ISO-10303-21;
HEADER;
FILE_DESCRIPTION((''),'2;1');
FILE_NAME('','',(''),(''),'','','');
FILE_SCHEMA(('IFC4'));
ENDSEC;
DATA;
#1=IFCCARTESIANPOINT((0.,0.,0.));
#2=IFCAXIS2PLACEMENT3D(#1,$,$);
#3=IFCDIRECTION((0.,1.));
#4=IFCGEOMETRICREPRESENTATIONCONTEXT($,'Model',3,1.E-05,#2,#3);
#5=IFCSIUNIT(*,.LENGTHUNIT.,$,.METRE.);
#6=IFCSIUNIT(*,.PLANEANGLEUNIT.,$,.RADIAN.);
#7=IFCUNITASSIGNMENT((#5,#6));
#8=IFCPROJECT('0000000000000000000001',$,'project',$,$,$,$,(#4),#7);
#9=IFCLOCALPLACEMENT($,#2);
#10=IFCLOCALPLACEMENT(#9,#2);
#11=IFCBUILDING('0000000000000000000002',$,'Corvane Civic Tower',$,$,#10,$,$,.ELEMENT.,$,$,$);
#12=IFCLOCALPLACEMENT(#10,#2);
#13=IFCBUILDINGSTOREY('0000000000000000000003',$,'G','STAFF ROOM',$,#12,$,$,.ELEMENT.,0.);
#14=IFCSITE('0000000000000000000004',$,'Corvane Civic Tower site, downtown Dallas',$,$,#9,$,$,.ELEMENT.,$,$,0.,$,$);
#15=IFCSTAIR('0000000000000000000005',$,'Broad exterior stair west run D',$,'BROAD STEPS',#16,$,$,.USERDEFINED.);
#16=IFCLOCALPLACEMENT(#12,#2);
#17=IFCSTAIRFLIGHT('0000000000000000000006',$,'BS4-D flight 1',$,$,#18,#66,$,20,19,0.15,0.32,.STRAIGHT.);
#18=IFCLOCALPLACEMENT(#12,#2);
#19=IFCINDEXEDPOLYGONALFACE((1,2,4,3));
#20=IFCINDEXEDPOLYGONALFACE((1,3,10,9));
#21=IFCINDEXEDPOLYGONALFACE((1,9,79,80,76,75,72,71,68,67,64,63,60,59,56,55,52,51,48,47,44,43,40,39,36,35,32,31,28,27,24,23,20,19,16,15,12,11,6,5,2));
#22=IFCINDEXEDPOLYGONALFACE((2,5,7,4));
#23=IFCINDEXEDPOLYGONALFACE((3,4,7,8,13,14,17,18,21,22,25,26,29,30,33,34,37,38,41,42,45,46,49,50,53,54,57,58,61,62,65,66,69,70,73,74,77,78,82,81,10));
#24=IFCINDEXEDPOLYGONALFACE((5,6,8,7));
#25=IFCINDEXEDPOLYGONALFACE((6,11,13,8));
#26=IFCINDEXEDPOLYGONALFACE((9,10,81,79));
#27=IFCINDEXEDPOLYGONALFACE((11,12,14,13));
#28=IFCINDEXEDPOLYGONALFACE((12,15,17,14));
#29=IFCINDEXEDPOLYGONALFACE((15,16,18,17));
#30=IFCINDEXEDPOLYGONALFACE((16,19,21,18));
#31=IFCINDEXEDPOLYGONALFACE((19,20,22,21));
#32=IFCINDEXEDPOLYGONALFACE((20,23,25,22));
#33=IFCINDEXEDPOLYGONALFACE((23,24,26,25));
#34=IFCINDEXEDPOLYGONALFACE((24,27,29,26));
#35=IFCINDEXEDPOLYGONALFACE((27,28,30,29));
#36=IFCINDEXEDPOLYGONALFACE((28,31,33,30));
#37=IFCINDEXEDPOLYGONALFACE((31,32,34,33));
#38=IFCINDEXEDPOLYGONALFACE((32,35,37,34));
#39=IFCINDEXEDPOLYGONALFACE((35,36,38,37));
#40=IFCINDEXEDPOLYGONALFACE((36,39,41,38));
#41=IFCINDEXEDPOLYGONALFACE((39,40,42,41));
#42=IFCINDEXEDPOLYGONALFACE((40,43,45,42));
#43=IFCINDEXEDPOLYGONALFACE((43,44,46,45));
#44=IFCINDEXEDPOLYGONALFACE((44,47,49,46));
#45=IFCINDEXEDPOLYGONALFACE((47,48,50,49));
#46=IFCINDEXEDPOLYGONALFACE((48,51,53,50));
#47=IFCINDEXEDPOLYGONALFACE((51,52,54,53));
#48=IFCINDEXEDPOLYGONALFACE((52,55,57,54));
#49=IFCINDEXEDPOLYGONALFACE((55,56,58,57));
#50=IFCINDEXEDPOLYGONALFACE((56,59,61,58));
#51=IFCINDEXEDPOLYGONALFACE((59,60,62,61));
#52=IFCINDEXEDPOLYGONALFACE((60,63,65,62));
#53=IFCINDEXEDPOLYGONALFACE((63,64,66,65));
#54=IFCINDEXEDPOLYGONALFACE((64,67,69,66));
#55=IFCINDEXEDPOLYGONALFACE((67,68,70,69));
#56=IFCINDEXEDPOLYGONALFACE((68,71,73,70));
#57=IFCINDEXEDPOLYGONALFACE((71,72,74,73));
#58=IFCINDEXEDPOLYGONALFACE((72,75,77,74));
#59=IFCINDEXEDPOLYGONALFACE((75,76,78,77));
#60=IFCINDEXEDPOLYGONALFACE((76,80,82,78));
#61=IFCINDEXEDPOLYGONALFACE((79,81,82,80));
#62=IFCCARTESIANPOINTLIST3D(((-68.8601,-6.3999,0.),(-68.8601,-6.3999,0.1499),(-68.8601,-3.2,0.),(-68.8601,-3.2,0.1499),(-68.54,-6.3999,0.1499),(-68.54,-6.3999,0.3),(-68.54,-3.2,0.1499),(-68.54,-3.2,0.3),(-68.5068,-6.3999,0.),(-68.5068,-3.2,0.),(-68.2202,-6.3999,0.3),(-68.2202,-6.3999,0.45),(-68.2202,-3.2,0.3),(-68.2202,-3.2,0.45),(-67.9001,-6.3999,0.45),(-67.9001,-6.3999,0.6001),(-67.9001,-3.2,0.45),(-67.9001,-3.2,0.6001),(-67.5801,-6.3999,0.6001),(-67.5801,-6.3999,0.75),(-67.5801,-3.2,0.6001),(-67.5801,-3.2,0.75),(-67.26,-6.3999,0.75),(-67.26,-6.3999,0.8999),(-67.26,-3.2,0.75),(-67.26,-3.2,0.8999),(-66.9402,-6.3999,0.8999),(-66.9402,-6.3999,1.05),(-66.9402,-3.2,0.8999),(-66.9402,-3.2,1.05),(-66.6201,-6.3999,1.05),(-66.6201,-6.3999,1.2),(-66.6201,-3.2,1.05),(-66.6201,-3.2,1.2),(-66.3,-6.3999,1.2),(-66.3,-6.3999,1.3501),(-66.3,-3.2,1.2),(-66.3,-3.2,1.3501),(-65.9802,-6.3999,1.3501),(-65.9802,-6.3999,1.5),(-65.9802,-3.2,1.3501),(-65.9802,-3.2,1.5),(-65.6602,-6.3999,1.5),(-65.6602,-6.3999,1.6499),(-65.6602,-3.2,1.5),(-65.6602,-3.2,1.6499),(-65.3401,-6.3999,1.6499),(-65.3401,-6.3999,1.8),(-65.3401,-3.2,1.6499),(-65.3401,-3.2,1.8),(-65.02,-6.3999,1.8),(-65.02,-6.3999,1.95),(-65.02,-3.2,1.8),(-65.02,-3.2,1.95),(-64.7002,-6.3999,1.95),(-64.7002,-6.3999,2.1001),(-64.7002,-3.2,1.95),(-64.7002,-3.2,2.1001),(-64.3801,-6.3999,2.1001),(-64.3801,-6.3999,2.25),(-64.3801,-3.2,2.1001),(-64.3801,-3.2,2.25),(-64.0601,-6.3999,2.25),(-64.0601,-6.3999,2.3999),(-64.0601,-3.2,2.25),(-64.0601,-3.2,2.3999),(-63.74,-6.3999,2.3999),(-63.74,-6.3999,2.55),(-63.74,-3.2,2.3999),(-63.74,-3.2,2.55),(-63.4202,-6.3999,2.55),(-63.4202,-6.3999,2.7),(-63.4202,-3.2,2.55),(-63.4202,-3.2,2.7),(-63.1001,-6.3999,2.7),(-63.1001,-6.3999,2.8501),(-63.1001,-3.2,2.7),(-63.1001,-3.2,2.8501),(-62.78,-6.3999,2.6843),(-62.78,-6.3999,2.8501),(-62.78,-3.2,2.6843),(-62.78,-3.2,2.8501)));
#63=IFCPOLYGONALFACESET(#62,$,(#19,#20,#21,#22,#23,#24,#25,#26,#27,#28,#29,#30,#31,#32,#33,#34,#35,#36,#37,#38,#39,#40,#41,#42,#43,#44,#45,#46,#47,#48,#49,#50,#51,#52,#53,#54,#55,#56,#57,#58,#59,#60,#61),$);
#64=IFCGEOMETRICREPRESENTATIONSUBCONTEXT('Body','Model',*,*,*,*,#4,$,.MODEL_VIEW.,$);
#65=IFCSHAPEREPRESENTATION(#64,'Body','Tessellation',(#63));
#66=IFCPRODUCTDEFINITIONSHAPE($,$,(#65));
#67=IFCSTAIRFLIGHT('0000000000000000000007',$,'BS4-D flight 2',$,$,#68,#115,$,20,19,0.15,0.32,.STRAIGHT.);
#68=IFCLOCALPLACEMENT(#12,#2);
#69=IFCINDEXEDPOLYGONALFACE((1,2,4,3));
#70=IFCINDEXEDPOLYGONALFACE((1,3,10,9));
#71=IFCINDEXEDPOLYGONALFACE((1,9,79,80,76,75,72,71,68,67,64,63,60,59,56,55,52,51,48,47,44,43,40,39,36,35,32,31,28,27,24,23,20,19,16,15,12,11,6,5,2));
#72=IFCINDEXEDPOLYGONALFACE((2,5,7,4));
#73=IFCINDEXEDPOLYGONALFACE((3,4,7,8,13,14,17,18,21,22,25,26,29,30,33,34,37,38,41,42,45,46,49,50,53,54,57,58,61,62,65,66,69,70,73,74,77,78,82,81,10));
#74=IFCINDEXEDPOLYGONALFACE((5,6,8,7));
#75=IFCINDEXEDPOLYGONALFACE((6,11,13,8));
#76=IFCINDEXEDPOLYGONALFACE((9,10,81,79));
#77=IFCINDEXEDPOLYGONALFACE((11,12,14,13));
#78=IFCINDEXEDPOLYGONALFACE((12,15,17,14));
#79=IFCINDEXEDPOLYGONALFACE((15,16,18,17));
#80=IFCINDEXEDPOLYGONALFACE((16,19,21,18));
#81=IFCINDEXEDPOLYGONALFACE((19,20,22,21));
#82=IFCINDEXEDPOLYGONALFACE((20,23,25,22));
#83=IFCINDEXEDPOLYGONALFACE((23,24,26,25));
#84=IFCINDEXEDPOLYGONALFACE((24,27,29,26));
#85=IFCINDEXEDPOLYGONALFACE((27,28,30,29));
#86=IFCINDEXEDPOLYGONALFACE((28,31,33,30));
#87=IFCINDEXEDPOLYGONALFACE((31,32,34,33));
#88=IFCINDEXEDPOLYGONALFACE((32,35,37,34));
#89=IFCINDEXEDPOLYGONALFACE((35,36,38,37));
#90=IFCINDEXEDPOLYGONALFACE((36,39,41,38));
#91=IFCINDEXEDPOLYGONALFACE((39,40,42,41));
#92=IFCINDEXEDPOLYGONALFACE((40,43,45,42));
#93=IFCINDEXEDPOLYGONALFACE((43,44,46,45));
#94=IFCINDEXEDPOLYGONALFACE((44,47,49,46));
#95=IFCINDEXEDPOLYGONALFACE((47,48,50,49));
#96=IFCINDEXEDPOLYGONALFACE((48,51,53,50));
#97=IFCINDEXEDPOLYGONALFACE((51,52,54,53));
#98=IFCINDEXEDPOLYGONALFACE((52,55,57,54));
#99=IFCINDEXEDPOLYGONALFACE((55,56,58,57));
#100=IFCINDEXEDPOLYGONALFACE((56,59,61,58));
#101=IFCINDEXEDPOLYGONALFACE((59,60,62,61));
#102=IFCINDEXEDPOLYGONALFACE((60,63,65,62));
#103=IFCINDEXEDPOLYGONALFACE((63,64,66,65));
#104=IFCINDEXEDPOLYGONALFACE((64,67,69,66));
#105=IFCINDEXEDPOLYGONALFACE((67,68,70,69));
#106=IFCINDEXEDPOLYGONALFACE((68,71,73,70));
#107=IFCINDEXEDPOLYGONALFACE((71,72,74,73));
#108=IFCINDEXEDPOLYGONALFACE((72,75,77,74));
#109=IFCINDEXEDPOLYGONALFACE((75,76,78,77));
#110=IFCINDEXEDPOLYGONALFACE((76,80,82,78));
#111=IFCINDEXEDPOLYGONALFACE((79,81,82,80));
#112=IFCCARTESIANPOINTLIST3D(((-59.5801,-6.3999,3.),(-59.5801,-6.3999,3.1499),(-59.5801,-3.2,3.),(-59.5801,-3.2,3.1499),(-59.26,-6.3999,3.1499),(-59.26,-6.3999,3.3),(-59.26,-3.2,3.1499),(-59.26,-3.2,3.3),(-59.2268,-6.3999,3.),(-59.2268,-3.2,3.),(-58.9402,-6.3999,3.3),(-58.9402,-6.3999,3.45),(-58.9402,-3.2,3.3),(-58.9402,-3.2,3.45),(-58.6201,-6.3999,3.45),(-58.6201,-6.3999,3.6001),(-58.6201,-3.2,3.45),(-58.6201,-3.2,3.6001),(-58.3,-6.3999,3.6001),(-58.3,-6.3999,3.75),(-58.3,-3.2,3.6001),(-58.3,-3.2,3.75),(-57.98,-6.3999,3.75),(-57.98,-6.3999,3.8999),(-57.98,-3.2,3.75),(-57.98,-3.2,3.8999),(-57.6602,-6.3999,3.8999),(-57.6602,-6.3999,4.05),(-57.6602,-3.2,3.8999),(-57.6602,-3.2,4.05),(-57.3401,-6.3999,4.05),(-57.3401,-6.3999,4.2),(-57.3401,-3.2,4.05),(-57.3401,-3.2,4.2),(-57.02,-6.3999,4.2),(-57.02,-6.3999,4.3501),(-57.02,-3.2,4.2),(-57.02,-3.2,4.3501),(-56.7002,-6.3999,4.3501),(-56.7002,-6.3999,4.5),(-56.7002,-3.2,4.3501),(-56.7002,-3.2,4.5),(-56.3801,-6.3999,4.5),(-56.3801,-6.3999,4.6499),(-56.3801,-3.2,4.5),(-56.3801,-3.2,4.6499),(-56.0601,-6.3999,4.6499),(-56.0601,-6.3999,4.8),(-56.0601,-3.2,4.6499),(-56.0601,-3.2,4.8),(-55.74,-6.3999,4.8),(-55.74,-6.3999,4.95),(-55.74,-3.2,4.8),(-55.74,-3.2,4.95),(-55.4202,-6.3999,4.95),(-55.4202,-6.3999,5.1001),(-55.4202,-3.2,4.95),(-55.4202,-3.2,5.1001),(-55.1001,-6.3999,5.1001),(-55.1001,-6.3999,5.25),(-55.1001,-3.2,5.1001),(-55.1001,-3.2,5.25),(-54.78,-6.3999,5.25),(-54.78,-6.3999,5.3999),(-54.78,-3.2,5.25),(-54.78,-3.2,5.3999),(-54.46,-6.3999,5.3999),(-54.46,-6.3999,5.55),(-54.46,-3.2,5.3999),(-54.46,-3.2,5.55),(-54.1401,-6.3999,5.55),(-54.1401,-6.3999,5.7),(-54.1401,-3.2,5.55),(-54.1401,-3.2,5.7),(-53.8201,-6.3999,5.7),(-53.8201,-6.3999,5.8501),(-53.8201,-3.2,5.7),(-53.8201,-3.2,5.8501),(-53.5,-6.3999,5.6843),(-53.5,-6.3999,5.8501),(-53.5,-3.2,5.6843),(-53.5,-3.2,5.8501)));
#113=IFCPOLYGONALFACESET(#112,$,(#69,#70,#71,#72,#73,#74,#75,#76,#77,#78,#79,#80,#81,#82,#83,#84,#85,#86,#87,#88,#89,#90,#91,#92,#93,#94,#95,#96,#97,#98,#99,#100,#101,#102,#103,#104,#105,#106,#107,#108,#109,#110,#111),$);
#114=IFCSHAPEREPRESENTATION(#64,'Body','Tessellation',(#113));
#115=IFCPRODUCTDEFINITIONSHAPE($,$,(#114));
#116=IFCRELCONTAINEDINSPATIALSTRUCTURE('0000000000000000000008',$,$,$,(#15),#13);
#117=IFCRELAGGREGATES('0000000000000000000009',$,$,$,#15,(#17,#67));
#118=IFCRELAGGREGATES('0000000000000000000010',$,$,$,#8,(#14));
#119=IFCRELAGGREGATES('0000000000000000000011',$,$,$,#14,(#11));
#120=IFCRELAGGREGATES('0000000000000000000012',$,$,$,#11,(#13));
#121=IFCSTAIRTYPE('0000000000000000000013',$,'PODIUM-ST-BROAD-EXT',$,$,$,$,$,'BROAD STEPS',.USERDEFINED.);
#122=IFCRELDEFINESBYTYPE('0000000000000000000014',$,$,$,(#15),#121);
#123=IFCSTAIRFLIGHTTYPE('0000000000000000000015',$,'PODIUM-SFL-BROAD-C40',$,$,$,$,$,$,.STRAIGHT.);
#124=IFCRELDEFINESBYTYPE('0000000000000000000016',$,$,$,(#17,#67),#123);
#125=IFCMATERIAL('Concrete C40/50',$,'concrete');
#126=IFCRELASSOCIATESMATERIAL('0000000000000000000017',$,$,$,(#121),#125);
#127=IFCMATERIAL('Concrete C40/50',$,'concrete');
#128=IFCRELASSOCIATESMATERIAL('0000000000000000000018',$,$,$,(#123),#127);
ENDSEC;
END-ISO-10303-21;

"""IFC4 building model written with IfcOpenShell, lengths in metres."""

from ifc_helpers import new_model, si_unit, direction, frame, origin, place, context, subcontext, project, spatial, polyline, outline, extrude, material, type_object, element, aggregate, save


model = new_model("IFC4")

# Units and contexts
model_context = context("Model", 3, precision=1e-05, world=origin(), true_north=direction((0.0, 1.0)))
body_context = subcontext(model_context, "Body", "Model", "MODEL_VIEW")
ifc_project = project(units=[si_unit("LENGTHUNIT", "METRE"), si_unit("PLANEANGLEUNIT", "RADIAN")], contexts=[model_context])

# Site, building, storey
site_placement = place(None, origin())
site = spatial("IfcSite", under=ifc_project, at=site_placement, Name="Corvane Civic Tower site, downtown Dallas", CompositionType="ELEMENT", RefElevation=0.0)
building_placement = place(site_placement, origin())
building = spatial("IfcBuilding", under=site, at=building_placement, Name="Corvane Civic Tower", CompositionType="ELEMENT")
storey_placement = place(building_placement, origin())
storey = spatial("IfcBuildingStorey", under=building, at=storey_placement, Name="G", Description="STAFF ROOM", CompositionType="ELEMENT", Elevation=0.0)

# Shared definitions
ifc_material_1 = material(Name="Concrete C40/50", Category="concrete")
stair_type = type_object("IfcStairType", Name="PODIUM-ST-BROAD-EXT", ElementType="BROAD STEPS", PredefinedType="USERDEFINED", material=ifc_material_1)
ifc_material_2 = material(Name="Concrete C40/50", Category="concrete")
stair_flight_type = type_object("IfcStairFlightType", Name="PODIUM-SFL-BROAD-C40", PredefinedType="STRAIGHT", material=ifc_material_2)

# Stair, stair flights
stair_1_placement = place(storey_placement, origin())
stair_1 = element("IfcStair", 1, at=stair_1_placement, inside=storey, type_object=stair_type, Name="Broad exterior stair west run D", ObjectType="BROAD STEPS", PredefinedType="USERDEFINED")
stair_flight_1_placement = place(storey_placement, frame((-68.8601, -4.8, 0.0), z_axis=(0.0, 0.0, 1.0), x_axis=(1.0, 0.0, 0.0)))
stair_flight_1 = element("IfcStairFlight", 2, at=stair_flight_1_placement, type_object=stair_flight_type, Name="BS4-D flight 1", NumberOfRisers=20, NumberOfTreads=19, PredefinedType="STRAIGHT", RiserHeight=0.15, TreadLength=0.32, context=body_context, shape_type="SweptSolid", body=[
    extrude(outline(polyline([(0.0, 0.0), (0.0, 0.1499), (0.3201, 0.1499), (0.3201, 0.3), (0.6399, 0.3), (0.6399, 0.45), (0.96, 0.45), (0.96, 0.6001), (1.28, 0.6001), (1.28, 0.75), (1.6001, 0.75), (1.6001, 0.8999), (1.9199, 0.8999), (1.9199, 1.05), (2.24, 1.05), (2.24, 1.2), (2.5601, 1.2), (2.5601, 1.3501), (2.8799, 1.3501), (2.8799, 1.5), (3.2, 1.5), (3.2, 1.6499), (3.52, 1.6499), (3.52, 1.8), (3.8401, 1.8), (3.8401, 1.95), (4.1599, 1.95), (4.1599, 2.1001), (4.48, 2.1001), (4.48, 2.25), (4.8, 2.25), (4.8, 2.3999), (5.1201, 2.3999), (5.1201, 2.55), (5.4399, 2.55), (5.4399, 2.7), (5.76, 2.7), (5.76, 2.8501), (6.0801, 2.8501), (6.0801, 3.0), (6.0801, 2.6843), (0.3533, 0.0), (0.0, 0.0)])), frame((0.0, 1.6001, 0.0), z_axis=(0.0, -1.0, 0.0), x_axis=(1.0, 0.0, 0.0)), (0.0, 0.0, 1.0), 3.2),
])
stair_flight_2_placement = place(storey_placement, frame((-59.5801, -4.8, 3.0), z_axis=(0.0, 0.0, 1.0), x_axis=(1.0, 0.0, 0.0)))
stair_flight_2 = element("IfcStairFlight", 3, at=stair_flight_2_placement, type_object=stair_flight_type, Name="BS4-D flight 2", NumberOfRisers=20, NumberOfTreads=19, PredefinedType="STRAIGHT", RiserHeight=0.15, TreadLength=0.32, context=body_context, shape_type="SweptSolid", body=[
    extrude(outline(polyline([(0.0, 0.0), (0.0, 0.1499), (0.3201, 0.1499), (0.3201, 0.3), (0.6399, 0.3), (0.6399, 0.45), (0.96, 0.45), (0.96, 0.6001), (1.28, 0.6001), (1.28, 0.75), (1.6001, 0.75), (1.6001, 0.8999), (1.9199, 0.8999), (1.9199, 1.05), (2.24, 1.05), (2.24, 1.2), (2.5601, 1.2), (2.5601, 1.3501), (2.8799, 1.3501), (2.8799, 1.5), (3.2, 1.5), (3.2, 1.6499), (3.52, 1.6499), (3.52, 1.8), (3.8401, 1.8), (3.8401, 1.95), (4.1599, 1.95), (4.1599, 2.1001), (4.48, 2.1001), (4.48, 2.25), (4.8, 2.25), (4.8, 2.3999), (5.1201, 2.3999), (5.1201, 2.55), (5.4399, 2.55), (5.4399, 2.7), (5.76, 2.7), (5.76, 2.8501), (6.0801, 2.8501), (6.0801, 3.0), (6.0801, 2.6843), (0.3533, 0.0), (0.0, 0.0)])), frame((0.0, 1.6001, 0.0), z_axis=(0.0, -1.0, 0.0), x_axis=(1.0, 0.0, 0.0)), (0.0, 0.0, 1.0), 3.2),
])
aggregate(stair_1, [stair_flight_1, stair_flight_2])

save(model, "model.ifc")
